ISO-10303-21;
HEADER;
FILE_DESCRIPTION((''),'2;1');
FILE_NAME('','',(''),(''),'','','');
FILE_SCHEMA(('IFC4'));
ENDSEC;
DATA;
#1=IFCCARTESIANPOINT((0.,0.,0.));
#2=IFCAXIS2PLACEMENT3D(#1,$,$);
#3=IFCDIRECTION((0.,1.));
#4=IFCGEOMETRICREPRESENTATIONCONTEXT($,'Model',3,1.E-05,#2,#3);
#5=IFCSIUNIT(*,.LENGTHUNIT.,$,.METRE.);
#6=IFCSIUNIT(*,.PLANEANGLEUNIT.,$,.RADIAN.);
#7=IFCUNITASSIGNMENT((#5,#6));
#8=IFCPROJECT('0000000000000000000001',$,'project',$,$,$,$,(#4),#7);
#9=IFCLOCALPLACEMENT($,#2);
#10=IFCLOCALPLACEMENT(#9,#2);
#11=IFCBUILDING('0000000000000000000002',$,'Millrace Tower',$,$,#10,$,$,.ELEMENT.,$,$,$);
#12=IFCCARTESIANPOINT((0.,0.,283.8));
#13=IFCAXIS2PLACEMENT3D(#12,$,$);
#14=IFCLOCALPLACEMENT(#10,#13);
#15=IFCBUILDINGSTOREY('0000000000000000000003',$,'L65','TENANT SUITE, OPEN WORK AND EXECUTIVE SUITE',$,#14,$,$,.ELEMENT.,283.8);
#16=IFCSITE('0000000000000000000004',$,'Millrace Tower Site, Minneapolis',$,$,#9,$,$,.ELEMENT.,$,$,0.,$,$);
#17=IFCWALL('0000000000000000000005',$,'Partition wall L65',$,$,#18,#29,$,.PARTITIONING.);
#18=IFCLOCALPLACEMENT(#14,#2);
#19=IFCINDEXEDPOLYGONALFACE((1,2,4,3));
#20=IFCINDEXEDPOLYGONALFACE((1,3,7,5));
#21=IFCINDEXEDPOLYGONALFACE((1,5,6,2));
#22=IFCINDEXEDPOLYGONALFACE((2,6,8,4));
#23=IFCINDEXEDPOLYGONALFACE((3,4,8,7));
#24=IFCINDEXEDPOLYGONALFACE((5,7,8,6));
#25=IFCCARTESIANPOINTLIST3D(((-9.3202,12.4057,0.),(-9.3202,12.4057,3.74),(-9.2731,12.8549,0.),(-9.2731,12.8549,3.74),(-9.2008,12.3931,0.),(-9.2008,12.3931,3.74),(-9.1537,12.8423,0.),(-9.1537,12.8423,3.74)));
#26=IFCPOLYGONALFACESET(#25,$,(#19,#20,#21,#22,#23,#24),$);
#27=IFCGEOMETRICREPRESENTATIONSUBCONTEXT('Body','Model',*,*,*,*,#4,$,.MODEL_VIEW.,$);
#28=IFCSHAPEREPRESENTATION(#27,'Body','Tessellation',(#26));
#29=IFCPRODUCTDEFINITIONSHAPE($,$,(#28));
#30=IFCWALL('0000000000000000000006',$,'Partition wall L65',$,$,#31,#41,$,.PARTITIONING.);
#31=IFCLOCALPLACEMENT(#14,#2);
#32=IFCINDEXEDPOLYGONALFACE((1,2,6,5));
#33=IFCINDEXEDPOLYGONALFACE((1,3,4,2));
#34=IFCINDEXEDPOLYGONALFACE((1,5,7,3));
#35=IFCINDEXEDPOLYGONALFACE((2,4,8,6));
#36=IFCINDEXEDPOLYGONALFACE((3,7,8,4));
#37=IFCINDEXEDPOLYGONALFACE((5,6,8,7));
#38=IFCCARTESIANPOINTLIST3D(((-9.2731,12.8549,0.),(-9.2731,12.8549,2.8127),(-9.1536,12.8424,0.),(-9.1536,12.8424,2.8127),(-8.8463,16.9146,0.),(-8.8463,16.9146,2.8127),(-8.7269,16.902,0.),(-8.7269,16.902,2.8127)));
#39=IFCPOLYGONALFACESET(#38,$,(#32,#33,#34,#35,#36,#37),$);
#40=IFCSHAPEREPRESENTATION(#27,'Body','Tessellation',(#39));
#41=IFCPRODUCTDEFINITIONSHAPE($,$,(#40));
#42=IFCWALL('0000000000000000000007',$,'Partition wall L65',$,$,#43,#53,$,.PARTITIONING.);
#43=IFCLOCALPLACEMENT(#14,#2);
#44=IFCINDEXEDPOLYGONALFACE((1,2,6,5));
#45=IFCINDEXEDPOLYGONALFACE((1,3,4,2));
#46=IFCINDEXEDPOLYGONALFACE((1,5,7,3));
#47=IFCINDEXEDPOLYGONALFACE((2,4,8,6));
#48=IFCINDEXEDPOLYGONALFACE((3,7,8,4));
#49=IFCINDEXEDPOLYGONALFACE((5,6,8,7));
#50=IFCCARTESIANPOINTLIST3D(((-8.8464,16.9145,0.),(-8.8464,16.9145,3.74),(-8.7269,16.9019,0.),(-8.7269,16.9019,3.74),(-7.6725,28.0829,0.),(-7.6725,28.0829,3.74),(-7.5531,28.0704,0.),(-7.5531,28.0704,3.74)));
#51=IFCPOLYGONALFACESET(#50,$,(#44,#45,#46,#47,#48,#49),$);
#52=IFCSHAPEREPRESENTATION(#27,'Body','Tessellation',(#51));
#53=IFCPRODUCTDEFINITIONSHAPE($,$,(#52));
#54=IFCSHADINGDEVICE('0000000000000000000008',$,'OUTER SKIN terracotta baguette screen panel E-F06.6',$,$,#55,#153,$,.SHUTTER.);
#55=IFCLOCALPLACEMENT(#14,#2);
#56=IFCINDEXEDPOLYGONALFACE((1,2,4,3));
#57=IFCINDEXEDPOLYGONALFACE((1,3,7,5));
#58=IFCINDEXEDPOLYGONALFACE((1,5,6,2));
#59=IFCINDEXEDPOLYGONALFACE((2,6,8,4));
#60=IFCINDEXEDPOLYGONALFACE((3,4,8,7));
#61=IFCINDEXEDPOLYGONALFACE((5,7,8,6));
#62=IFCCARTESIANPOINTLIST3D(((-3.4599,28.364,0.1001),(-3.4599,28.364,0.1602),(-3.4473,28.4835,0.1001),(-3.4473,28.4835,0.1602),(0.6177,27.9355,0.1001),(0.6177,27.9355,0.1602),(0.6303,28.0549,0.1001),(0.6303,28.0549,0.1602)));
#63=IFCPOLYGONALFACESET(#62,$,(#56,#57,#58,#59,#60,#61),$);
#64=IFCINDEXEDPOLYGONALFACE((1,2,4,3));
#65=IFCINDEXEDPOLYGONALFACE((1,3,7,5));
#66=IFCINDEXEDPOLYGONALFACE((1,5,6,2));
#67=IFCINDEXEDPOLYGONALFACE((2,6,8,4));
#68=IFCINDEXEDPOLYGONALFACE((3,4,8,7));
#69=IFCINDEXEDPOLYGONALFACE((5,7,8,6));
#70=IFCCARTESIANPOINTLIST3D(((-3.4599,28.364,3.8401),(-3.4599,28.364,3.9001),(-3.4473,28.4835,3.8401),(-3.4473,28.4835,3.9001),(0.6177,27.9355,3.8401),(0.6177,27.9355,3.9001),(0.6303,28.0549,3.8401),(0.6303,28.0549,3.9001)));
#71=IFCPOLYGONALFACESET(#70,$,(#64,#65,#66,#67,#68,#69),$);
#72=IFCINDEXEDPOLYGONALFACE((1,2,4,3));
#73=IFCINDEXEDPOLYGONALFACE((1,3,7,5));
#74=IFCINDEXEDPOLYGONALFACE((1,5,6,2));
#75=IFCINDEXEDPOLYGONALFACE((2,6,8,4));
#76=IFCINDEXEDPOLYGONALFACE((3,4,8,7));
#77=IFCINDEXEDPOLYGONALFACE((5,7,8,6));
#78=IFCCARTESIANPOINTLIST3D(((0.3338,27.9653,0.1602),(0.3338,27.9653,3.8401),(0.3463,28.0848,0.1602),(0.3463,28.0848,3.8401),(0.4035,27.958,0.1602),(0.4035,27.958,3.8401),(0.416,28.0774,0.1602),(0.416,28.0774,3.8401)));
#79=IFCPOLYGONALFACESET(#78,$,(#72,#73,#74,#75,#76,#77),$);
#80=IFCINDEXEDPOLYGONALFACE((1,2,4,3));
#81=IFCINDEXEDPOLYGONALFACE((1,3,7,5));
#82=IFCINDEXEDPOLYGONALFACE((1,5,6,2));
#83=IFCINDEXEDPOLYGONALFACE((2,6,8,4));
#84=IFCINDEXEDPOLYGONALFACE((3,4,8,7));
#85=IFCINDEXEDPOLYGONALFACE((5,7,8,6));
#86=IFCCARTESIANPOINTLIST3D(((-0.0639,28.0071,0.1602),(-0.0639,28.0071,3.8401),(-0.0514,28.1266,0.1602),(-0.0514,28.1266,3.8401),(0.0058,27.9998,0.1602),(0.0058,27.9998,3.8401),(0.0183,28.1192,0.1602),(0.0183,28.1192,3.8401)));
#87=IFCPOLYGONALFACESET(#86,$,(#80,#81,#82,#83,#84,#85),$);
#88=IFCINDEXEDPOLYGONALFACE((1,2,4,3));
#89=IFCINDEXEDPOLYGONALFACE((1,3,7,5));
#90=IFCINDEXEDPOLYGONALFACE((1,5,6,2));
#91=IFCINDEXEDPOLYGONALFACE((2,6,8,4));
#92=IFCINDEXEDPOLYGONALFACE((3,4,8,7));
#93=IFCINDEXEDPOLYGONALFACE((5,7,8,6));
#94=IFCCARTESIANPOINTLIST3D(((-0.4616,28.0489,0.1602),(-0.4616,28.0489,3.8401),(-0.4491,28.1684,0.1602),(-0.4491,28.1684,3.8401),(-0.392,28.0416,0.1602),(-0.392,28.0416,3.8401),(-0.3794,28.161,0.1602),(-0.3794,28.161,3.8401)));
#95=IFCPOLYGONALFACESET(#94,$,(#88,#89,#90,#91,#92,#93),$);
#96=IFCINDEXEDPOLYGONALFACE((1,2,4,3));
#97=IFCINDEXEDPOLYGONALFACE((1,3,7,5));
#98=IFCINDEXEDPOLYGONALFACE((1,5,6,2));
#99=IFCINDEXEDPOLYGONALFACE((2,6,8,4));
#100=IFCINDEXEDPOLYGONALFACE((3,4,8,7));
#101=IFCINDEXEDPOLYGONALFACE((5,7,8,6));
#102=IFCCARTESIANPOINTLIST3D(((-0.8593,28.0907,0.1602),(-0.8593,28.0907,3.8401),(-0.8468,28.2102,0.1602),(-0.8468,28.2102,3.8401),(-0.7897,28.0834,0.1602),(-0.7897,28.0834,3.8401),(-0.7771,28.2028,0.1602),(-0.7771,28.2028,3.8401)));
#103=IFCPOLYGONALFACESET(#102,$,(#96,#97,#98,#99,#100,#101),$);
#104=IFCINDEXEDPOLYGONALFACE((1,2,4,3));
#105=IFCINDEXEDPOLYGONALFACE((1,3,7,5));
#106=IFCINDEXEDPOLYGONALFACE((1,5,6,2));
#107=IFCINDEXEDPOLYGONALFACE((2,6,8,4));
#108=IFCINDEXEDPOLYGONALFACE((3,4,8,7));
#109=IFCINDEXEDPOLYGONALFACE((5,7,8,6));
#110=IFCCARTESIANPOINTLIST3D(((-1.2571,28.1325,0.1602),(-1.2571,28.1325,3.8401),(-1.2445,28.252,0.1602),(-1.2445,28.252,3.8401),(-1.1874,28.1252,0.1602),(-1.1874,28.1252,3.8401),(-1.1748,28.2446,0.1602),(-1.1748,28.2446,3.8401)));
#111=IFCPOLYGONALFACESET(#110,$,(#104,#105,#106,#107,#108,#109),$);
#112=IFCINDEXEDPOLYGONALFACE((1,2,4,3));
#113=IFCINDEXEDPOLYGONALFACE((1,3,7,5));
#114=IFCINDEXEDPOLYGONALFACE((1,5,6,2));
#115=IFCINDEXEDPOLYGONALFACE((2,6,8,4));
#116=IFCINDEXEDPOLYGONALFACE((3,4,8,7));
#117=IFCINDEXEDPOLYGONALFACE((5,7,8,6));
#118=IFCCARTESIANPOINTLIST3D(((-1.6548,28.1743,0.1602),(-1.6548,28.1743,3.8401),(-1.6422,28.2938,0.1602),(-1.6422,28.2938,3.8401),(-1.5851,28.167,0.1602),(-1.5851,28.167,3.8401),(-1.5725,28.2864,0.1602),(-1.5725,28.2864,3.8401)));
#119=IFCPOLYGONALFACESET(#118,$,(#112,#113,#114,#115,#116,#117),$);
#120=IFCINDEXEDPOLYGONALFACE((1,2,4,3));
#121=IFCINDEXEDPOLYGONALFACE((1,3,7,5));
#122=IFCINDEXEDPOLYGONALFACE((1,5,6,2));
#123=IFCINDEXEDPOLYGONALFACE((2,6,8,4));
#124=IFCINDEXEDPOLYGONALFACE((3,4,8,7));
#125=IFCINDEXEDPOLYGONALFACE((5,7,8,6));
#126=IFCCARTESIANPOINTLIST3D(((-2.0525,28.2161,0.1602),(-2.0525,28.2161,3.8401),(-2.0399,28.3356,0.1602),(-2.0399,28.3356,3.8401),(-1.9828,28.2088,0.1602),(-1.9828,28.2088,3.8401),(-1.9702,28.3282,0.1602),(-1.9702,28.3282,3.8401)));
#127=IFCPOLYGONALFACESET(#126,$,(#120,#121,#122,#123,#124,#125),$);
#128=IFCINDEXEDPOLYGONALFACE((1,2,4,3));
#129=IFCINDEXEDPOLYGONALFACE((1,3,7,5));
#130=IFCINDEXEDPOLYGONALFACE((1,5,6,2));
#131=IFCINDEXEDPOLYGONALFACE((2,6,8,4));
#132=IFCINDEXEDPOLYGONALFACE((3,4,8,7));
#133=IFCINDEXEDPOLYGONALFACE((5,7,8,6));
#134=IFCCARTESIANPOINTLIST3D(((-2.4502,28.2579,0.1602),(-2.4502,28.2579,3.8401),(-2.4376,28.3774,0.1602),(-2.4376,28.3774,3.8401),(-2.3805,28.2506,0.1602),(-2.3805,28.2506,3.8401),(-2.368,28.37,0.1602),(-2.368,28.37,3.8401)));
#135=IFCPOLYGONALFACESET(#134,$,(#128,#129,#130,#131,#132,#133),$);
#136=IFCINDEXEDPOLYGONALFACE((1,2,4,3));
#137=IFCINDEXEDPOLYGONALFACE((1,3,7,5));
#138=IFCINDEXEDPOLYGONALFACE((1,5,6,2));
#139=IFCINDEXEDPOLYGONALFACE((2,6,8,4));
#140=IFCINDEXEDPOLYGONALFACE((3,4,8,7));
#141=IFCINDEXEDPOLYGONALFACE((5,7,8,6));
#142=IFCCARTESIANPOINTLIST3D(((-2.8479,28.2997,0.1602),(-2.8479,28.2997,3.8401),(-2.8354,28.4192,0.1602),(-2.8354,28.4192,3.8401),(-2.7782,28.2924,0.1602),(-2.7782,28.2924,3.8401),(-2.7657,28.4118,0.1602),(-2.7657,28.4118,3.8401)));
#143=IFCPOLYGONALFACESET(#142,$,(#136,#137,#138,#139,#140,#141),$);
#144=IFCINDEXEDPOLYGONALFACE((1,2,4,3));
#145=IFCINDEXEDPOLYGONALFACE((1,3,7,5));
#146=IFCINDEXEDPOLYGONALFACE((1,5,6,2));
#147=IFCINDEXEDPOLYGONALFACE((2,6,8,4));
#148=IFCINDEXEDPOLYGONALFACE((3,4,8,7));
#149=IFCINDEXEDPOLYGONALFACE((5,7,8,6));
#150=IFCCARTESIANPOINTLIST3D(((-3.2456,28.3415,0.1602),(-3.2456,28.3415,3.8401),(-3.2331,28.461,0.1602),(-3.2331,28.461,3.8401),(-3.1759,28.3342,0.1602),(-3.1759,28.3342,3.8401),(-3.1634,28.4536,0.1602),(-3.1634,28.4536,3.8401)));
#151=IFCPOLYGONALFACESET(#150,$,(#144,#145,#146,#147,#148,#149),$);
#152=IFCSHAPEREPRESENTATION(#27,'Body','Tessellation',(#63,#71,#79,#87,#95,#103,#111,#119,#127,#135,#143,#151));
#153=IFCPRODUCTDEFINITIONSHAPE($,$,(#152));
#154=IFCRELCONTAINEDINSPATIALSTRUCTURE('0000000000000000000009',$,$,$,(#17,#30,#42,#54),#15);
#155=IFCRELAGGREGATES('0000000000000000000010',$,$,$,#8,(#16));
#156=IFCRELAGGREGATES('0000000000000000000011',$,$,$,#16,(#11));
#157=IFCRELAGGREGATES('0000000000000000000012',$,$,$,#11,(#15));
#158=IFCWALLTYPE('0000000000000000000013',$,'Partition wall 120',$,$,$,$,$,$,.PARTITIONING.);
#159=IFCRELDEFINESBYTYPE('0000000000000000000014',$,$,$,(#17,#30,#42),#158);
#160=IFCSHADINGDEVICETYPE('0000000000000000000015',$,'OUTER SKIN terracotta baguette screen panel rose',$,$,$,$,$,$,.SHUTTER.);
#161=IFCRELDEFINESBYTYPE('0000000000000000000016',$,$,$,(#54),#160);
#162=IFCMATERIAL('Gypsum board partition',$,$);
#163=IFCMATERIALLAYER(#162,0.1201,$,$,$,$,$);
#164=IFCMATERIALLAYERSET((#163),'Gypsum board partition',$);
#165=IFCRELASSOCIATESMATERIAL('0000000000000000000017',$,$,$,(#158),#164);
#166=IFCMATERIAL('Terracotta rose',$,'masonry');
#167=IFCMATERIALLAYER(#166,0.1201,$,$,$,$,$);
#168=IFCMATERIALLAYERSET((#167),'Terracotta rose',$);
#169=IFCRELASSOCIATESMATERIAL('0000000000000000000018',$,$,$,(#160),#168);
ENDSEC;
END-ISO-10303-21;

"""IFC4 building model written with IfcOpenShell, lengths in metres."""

from ifc_helpers import new_model, entity, si_unit, direction, frame, frame_2d, origin, place, context, subcontext, project, spatial, rectangle, extrude, source, transform, mapped, material, layer, layer_set, type_object, element, save


model = new_model("IFC4")

# Units and contexts
model_context = context("Model", 3, precision=1e-05, world=origin(), true_north=direction((0.0, 1.0)))
body_context = subcontext(model_context, "Body", "Model", "MODEL_VIEW")
ifc_project = project(units=[si_unit("LENGTHUNIT", "METRE"), si_unit("PLANEANGLEUNIT", "RADIAN")], contexts=[model_context])

# Site, building, storey
site_placement = place(None, origin())
site = spatial("IfcSite", under=ifc_project, at=site_placement, Name="Millrace Tower Site, Minneapolis", CompositionType="ELEMENT", RefElevation=0.0)
building_placement = place(site_placement, origin())
building = spatial("IfcBuilding", under=site, at=building_placement, Name="Millrace Tower", CompositionType="ELEMENT")
storey_placement = place(building_placement, frame((0.0, 0.0, 283.8)))
storey = spatial("IfcBuildingStorey", under=building, at=storey_placement, Name="L65", Description="TENANT SUITE, OPEN WORK AND EXECUTIVE SUITE", CompositionType="ELEMENT", Elevation=283.8)

# Walls
ifc_material_1 = material(Name="Gypsum board partition")
ifc_layer_1 = layer(ifc_material_1, 0.1201)
ifc_layer_set_1 = layer_set([ifc_layer_1], Name="Gypsum board partition")
wall_type_1 = type_object("IfcWallType", Name="Partition wall 120", PredefinedType="PARTITIONING", material=ifc_layer_set_1)
wall_1_placement = place(storey_placement, frame((-9.2605, 12.3994, 0.0), z_axis=(0.0, 0.0, 1.0), x_axis=(0.104319, 0.994544, 0.0)))
element("IfcWall", 1, at=wall_1_placement, inside=storey, type_object=wall_type_1, Name="Partition wall L65", PredefinedType="PARTITIONING", context=body_context, shape_type="SweptSolid", body=[
    extrude(rectangle(XDim=0.4517, YDim=0.1201, at=frame_2d((0.2258, 0.0))), origin(), (0.0, 0.0, 1.0), 3.74),
])
wall_2_placement = place(storey_placement, frame((-9.2134, 12.8486, 0.0), z_axis=(0.0, 0.0, 1.0), x_axis=(0.104548, 0.99452, 0.0)))
element("IfcWall", 2, at=wall_2_placement, inside=storey, type_object=wall_type_1, Name="Partition wall L65", PredefinedType="PARTITIONING", context=body_context, shape_type="SweptSolid", body=[
    extrude(rectangle(XDim=4.082, YDim=0.1201, at=frame_2d((2.041, 0.0))), origin(), (0.0, 0.0, 1.0), 2.8127),
])
wall_3_placement = place(storey_placement, frame((-8.7866, 16.9082, 0.0), z_axis=(0.0, 0.0, 1.0), x_axis=(0.104526, 0.994522, 0.0)))
element("IfcWall", 3, at=wall_3_placement, inside=storey, type_object=wall_type_1, Name="Partition wall L65", PredefinedType="PARTITIONING", context=body_context, shape_type="SweptSolid", body=[
    extrude(rectangle(XDim=11.23, YDim=0.1201, at=frame_2d((5.615, 0.0))), origin(), (0.0, 0.0, 1.0), 3.74),
])

# Shading device
ifc_material_2 = material(Name="Terracotta rose", Category="masonry")
ifc_layer_2 = layer(ifc_material_2, 0.1201)
ifc_layer_set_2 = layer_set([ifc_layer_2], Name="Terracotta rose")
shading_device_type = type_object("IfcShadingDeviceType", Name="OUTER SKIN terracotta baguette screen panel rose", PredefinedType="SHUTTER", material=ifc_layer_set_2)
cartesian_point_1 = entity("IfcCartesianPoint", [-2.05, 0.0601])
shared_polyline_1 = entity("IfcPolyline", [cartesian_point_1, entity("IfcCartesianPoint", [2.05, 0.0601]), entity("IfcCartesianPoint", [2.05, -0.0601]), entity("IfcCartesianPoint", [-2.05, -0.0601]), cartesian_point_1])
shared_shape_1 = source(origin(), body_context, "Body", "SweptSolid", [
    entity("IfcExtrudedAreaSolid", entity("IfcArbitraryClosedProfileDef", "AREA", None, shared_polyline_1), entity("IfcAxis2Placement3D", entity("IfcCartesianPoint", [0.0, 0.0, 0.0])), entity("IfcDirection", [0.0, 0.0, 1.0]), 0.0601),
    entity("IfcExtrudedAreaSolid", entity("IfcArbitraryClosedProfileDef", "AREA", None, shared_polyline_1), entity("IfcAxis2Placement3D", entity("IfcCartesianPoint", [0.0, 0.0, 3.74])), entity("IfcDirection", [0.0, 0.0, 1.0]), 0.0601),
    extrude(rectangle(XDim=0.0701, YDim=0.1201, at=frame_2d((-1.7996, 0.0))), frame((0.0, 0.0, 0.0601)), (0.0, 0.0, 1.0), 3.6799),
    extrude(rectangle(XDim=0.0701, YDim=0.1201, at=frame_2d((-1.3997, 0.0))), frame((0.0, 0.0, 0.0601)), (0.0, 0.0, 1.0), 3.6799),
    extrude(rectangle(XDim=0.0701, YDim=0.1201, at=frame_2d((-0.9998, 0.0))), frame((0.0, 0.0, 0.0601)), (0.0, 0.0, 1.0), 3.6799),
    extrude(rectangle(XDim=0.0701, YDim=0.1201, at=frame_2d((-0.5999, 0.0))), frame((0.0, 0.0, 0.0601)), (0.0, 0.0, 1.0), 3.6799),
    extrude(rectangle(XDim=0.0701, YDim=0.1201, at=frame_2d((-0.2, 0.0))), frame((0.0, 0.0, 0.0601)), (0.0, 0.0, 1.0), 3.6799),
    extrude(rectangle(XDim=0.0701, YDim=0.1201, at=frame_2d((0.2, 0.0))), frame((0.0, 0.0, 0.0601)), (0.0, 0.0, 1.0), 3.6799),
    extrude(rectangle(XDim=0.0701, YDim=0.1201, at=frame_2d((0.5999, 0.0))), frame((0.0, 0.0, 0.0601)), (0.0, 0.0, 1.0), 3.6799),
    extrude(rectangle(XDim=0.0701, YDim=0.1201, at=frame_2d((0.9998, 0.0))), frame((0.0, 0.0, 0.0601)), (0.0, 0.0, 1.0), 3.6799),
    extrude(rectangle(XDim=0.0701, YDim=0.1201, at=frame_2d((1.3997, 0.0))), frame((0.0, 0.0, 0.0601)), (0.0, 0.0, 1.0), 3.6799),
    extrude(rectangle(XDim=0.0701, YDim=0.1201, at=frame_2d((1.7996, 0.0))), frame((0.0, 0.0, 0.0601)), (0.0, 0.0, 1.0), 3.6799),
])
for number, where, z_axis, x_axis, name in (
    (4, (-1.4148, 28.2095, 0.1001), (0.0, 0.0, 1.0), (-0.994522, 0.104528, 0.0), "OUTER SKIN terracotta baguette screen panel E-F06.6"),
):
    element("IfcShadingDevice", number, at=place(storey_placement, frame(where, z_axis=z_axis, x_axis=x_axis)), inside=storey, type_object=shading_device_type, Name=name, PredefinedType="SHUTTER", context=body_context, shape_type="MappedRepresentation", body=[
        mapped(shared_shape_1, transform((0.0, 0.0, 0.0), scale=1.0)),
    ])

save(model, "model.ifc")
